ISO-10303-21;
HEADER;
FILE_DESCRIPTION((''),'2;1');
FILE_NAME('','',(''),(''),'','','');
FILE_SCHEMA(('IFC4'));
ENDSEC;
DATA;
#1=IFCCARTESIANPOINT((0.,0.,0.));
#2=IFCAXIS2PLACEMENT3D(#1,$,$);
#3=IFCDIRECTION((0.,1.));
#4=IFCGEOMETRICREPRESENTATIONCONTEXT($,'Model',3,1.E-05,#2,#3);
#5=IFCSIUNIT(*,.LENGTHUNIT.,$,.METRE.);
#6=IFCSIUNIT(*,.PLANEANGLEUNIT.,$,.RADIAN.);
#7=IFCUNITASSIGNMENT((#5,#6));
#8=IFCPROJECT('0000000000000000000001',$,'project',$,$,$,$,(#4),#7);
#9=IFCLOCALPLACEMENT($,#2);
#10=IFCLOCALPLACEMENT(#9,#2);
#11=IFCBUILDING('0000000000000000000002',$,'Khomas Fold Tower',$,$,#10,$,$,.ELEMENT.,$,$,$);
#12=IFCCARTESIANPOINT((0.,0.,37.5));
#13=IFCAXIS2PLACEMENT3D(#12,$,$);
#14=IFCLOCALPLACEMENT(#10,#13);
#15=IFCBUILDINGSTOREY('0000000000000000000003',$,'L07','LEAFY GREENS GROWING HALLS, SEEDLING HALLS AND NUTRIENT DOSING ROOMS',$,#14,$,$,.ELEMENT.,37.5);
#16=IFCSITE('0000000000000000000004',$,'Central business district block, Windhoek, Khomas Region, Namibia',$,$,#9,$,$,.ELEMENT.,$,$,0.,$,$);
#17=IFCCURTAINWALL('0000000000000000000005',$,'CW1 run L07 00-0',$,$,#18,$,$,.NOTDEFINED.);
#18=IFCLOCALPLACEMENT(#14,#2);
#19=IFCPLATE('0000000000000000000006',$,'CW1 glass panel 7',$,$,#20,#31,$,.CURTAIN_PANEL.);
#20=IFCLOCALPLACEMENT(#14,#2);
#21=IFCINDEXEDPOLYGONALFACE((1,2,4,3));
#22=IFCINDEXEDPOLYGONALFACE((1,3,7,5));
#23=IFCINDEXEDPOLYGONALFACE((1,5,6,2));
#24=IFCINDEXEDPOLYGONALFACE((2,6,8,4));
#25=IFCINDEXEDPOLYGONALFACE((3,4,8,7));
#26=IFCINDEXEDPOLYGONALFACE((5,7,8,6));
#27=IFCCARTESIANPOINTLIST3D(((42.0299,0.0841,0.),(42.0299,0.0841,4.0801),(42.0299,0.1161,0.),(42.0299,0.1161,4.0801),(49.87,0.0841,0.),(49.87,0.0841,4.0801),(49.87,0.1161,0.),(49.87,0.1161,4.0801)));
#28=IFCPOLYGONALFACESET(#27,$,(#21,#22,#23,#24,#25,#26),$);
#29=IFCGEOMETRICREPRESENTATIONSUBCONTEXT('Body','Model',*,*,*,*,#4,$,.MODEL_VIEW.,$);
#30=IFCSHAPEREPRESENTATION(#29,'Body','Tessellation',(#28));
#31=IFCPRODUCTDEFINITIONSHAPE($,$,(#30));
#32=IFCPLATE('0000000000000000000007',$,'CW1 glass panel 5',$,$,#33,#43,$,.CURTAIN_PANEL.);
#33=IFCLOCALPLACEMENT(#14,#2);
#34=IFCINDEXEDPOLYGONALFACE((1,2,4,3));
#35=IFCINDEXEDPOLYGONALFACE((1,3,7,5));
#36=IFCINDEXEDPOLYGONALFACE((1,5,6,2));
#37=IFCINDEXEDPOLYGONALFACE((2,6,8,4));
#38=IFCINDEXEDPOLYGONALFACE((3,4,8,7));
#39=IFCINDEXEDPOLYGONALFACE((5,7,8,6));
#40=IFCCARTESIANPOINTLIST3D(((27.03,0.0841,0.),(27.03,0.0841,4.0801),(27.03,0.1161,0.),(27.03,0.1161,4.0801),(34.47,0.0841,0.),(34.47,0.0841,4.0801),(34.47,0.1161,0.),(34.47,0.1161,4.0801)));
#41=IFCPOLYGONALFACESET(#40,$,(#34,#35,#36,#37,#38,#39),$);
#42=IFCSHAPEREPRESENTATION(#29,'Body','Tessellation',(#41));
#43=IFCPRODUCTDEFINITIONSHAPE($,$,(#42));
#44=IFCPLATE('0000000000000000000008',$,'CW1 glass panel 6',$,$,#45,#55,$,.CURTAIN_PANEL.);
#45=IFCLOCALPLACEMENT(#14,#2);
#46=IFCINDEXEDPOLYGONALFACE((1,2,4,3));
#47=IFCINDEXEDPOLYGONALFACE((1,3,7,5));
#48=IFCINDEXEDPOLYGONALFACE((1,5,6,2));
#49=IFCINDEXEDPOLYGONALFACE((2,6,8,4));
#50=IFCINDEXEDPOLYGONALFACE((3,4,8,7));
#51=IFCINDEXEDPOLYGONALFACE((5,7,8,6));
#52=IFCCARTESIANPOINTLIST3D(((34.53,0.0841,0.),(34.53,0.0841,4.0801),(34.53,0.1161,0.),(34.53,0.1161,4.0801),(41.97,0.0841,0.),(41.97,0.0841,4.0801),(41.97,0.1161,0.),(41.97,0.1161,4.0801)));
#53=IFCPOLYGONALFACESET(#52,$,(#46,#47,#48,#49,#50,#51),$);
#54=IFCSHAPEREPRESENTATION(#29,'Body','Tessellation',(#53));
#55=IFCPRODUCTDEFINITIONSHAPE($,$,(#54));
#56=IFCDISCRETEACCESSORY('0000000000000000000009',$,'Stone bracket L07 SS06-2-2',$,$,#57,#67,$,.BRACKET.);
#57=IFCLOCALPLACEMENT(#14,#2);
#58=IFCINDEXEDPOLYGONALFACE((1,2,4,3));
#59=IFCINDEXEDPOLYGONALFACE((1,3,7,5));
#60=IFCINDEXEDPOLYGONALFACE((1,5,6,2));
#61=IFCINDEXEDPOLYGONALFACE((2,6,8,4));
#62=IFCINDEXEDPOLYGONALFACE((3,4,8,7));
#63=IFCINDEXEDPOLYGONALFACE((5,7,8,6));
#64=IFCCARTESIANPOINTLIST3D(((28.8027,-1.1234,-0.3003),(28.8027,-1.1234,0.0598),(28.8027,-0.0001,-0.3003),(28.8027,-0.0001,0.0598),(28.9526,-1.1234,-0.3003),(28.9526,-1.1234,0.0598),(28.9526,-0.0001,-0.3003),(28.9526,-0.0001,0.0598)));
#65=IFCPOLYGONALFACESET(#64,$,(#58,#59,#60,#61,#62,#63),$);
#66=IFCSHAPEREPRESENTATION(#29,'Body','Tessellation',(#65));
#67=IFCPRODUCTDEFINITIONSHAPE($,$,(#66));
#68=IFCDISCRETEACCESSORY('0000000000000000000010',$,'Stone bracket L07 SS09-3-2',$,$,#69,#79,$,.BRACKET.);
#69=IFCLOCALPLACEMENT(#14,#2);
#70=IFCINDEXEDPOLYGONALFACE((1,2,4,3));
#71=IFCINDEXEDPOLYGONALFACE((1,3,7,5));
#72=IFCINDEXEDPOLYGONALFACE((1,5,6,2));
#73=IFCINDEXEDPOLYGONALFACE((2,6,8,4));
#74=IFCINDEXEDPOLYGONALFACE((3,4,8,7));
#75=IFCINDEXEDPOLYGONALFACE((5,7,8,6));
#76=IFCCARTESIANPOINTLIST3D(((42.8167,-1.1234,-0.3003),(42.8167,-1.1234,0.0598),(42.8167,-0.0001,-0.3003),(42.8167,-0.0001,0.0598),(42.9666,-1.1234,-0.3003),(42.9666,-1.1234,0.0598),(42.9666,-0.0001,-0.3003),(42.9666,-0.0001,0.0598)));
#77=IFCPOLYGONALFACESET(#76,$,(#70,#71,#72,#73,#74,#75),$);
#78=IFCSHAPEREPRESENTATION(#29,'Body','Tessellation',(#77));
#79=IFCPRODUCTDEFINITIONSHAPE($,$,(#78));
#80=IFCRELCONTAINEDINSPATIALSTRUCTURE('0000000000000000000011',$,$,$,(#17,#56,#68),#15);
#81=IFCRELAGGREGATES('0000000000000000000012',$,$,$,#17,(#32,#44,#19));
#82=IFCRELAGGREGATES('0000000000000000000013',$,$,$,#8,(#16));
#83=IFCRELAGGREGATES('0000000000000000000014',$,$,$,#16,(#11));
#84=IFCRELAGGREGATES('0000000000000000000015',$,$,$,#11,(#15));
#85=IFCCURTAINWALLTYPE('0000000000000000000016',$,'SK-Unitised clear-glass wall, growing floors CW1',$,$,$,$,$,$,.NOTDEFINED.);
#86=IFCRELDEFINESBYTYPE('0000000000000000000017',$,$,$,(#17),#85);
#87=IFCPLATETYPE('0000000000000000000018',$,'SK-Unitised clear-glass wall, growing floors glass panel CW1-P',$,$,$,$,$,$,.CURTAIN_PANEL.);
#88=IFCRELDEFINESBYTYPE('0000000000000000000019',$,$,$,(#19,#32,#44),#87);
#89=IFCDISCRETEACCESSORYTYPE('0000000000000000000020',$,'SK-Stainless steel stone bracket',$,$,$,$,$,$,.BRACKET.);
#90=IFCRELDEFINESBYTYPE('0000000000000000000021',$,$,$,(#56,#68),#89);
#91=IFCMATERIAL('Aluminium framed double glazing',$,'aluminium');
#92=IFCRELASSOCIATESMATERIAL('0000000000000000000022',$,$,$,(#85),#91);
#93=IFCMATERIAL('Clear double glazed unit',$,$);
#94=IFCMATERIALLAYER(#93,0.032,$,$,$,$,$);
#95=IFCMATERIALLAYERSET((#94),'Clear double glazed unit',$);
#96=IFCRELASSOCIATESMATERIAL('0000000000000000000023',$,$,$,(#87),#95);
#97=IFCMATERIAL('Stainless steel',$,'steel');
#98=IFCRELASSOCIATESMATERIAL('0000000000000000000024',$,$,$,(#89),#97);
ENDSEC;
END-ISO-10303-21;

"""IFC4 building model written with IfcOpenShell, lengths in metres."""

from ifc_helpers import new_model, si_unit, direction, frame, origin, origin_2d, place, context, subcontext, project, spatial, rectangle, extrude, source, transform, mapped, material, layer, layer_set, type_object, element, aggregate, save


model = new_model("IFC4")

# Units and contexts
model_context = context("Model", 3, precision=1e-05, world=origin(), true_north=direction((0.0, 1.0)))
body_context = subcontext(model_context, "Body", "Model", "MODEL_VIEW")
ifc_project = project(units=[si_unit("LENGTHUNIT", "METRE"), si_unit("PLANEANGLEUNIT", "RADIAN")], contexts=[model_context])

# Site, building, storey
site_placement = place(None, origin())
site = spatial("IfcSite", under=ifc_project, at=site_placement, Name="Central business district block, Windhoek, Khomas Region, Namibia", CompositionType="ELEMENT", RefElevation=0.0)
building_placement = place(site_placement, origin())
building = spatial("IfcBuilding", under=site, at=building_placement, Name="Khomas Fold Tower", CompositionType="ELEMENT")
storey_placement = place(building_placement, frame((0.0, 0.0, 37.5)))
storey = spatial("IfcBuildingStorey", under=building, at=storey_placement, Name="L07", Description="LEAFY GREENS GROWING HALLS, SEEDLING HALLS AND NUTRIENT DOSING ROOMS", CompositionType="ELEMENT", Elevation=37.5)

# Curtain wall, plates
ifc_material_1 = material(Name="Aluminium framed double glazing", Category="aluminium")
curtain_wall_type = type_object("IfcCurtainWallType", Name="SK-Unitised clear-glass wall, growing floors CW1", PredefinedType="NOTDEFINED", material=ifc_material_1)
curtain_wall_placement = place(storey_placement, origin())
curtain_wall = element("IfcCurtainWall", 1, at=curtain_wall_placement, inside=storey, type_object=curtain_wall_type, Name="CW1 run L07 00-0", PredefinedType="NOTDEFINED")
ifc_material_2 = material(Name="Clear double glazed unit")
ifc_layer = layer(ifc_material_2, 0.032)
ifc_layer_set = layer_set([ifc_layer], Name="Clear double glazed unit")
plate_type = type_object("IfcPlateType", Name="SK-Unitised clear-glass wall, growing floors glass panel CW1-P", PredefinedType="CURTAIN_PANEL", material=ifc_layer_set)
shared_shape_1 = source(origin(), body_context, "Body", "SweptSolid", [
    extrude(rectangle(XDim=7.8401, YDim=0.032, at=origin_2d()), origin(), (0.0, 0.0, 1.0), 4.0801),
])
plate_1_placement = place(storey_placement, frame((45.95, 0.1001, 0.0), z_axis=(0.0, 0.0, 1.0), x_axis=(1.0, 0.0, 0.0)))
plate_1 = element("IfcPlate", 2, at=plate_1_placement, type_object=plate_type, Name="CW1 glass panel 7", PredefinedType="CURTAIN_PANEL", context=body_context, shape_type="MappedRepresentation", body=[
    mapped(shared_shape_1, transform((0.0, 0.0, 0.0))),
])
shared_shape_2 = source(origin(), body_context, "Body", "SweptSolid", [
    extrude(rectangle(XDim=7.4399, YDim=0.032, at=origin_2d()), origin(), (0.0, 0.0, 1.0), 4.0801),
])
plate_2_placement = place(storey_placement, frame((30.75, 0.1001, 0.0), z_axis=(0.0, 0.0, 1.0), x_axis=(1.0, 0.0, 0.0)))
plate_2 = element("IfcPlate", 3, at=plate_2_placement, type_object=plate_type, Name="CW1 glass panel 5", PredefinedType="CURTAIN_PANEL", context=body_context, shape_type="MappedRepresentation", body=[
    mapped(shared_shape_2, transform((0.0, 0.0, 0.0))),
])
plate_3_placement = place(storey_placement, frame((38.25, 0.1001, 0.0), z_axis=(0.0, 0.0, 1.0), x_axis=(1.0, 0.0, 0.0)))
plate_3 = element("IfcPlate", 4, at=plate_3_placement, type_object=plate_type, Name="CW1 glass panel 6", PredefinedType="CURTAIN_PANEL", context=body_context, shape_type="MappedRepresentation", body=[
    mapped(shared_shape_2, transform((0.0, 0.0, 0.0))),
])
aggregate(curtain_wall, [plate_2, plate_3, plate_1])

# Discrete accessories
ifc_material_3 = material(Name="Stainless steel", Category="steel")
discrete_accessory_type = type_object("IfcDiscreteAccessoryType", Name="SK-Stainless steel stone bracket", PredefinedType="BRACKET", material=ifc_material_3)
shared_shape_3 = source(origin(), body_context, "Body", "SweptSolid", [
    extrude(rectangle(XDim=1.1233, YDim=0.1499, at=origin_2d()), origin(), (0.0, 0.0, 1.0), 0.3601),
])
for number, where, z_axis, x_axis, name in (
    (5, (28.8777, -0.5618, -0.3003), (0.0, 0.0, 1.0), (0.0, -1.0, 0.0), "Stone bracket L07 SS06-2-2"),
    (6, (42.8916, -0.5618, -0.3003), (0.0, 0.0, 1.0), (0.0, -1.0, 0.0), "Stone bracket L07 SS09-3-2"),
):
    element("IfcDiscreteAccessory", number, at=place(storey_placement, frame(where, z_axis=z_axis, x_axis=x_axis)), inside=storey, type_object=discrete_accessory_type, Name=name, PredefinedType="BRACKET", context=body_context, shape_type="MappedRepresentation", body=[
        mapped(shared_shape_3, transform((0.0, 0.0, 0.0))),
    ])

save(model, "model.ifc")
